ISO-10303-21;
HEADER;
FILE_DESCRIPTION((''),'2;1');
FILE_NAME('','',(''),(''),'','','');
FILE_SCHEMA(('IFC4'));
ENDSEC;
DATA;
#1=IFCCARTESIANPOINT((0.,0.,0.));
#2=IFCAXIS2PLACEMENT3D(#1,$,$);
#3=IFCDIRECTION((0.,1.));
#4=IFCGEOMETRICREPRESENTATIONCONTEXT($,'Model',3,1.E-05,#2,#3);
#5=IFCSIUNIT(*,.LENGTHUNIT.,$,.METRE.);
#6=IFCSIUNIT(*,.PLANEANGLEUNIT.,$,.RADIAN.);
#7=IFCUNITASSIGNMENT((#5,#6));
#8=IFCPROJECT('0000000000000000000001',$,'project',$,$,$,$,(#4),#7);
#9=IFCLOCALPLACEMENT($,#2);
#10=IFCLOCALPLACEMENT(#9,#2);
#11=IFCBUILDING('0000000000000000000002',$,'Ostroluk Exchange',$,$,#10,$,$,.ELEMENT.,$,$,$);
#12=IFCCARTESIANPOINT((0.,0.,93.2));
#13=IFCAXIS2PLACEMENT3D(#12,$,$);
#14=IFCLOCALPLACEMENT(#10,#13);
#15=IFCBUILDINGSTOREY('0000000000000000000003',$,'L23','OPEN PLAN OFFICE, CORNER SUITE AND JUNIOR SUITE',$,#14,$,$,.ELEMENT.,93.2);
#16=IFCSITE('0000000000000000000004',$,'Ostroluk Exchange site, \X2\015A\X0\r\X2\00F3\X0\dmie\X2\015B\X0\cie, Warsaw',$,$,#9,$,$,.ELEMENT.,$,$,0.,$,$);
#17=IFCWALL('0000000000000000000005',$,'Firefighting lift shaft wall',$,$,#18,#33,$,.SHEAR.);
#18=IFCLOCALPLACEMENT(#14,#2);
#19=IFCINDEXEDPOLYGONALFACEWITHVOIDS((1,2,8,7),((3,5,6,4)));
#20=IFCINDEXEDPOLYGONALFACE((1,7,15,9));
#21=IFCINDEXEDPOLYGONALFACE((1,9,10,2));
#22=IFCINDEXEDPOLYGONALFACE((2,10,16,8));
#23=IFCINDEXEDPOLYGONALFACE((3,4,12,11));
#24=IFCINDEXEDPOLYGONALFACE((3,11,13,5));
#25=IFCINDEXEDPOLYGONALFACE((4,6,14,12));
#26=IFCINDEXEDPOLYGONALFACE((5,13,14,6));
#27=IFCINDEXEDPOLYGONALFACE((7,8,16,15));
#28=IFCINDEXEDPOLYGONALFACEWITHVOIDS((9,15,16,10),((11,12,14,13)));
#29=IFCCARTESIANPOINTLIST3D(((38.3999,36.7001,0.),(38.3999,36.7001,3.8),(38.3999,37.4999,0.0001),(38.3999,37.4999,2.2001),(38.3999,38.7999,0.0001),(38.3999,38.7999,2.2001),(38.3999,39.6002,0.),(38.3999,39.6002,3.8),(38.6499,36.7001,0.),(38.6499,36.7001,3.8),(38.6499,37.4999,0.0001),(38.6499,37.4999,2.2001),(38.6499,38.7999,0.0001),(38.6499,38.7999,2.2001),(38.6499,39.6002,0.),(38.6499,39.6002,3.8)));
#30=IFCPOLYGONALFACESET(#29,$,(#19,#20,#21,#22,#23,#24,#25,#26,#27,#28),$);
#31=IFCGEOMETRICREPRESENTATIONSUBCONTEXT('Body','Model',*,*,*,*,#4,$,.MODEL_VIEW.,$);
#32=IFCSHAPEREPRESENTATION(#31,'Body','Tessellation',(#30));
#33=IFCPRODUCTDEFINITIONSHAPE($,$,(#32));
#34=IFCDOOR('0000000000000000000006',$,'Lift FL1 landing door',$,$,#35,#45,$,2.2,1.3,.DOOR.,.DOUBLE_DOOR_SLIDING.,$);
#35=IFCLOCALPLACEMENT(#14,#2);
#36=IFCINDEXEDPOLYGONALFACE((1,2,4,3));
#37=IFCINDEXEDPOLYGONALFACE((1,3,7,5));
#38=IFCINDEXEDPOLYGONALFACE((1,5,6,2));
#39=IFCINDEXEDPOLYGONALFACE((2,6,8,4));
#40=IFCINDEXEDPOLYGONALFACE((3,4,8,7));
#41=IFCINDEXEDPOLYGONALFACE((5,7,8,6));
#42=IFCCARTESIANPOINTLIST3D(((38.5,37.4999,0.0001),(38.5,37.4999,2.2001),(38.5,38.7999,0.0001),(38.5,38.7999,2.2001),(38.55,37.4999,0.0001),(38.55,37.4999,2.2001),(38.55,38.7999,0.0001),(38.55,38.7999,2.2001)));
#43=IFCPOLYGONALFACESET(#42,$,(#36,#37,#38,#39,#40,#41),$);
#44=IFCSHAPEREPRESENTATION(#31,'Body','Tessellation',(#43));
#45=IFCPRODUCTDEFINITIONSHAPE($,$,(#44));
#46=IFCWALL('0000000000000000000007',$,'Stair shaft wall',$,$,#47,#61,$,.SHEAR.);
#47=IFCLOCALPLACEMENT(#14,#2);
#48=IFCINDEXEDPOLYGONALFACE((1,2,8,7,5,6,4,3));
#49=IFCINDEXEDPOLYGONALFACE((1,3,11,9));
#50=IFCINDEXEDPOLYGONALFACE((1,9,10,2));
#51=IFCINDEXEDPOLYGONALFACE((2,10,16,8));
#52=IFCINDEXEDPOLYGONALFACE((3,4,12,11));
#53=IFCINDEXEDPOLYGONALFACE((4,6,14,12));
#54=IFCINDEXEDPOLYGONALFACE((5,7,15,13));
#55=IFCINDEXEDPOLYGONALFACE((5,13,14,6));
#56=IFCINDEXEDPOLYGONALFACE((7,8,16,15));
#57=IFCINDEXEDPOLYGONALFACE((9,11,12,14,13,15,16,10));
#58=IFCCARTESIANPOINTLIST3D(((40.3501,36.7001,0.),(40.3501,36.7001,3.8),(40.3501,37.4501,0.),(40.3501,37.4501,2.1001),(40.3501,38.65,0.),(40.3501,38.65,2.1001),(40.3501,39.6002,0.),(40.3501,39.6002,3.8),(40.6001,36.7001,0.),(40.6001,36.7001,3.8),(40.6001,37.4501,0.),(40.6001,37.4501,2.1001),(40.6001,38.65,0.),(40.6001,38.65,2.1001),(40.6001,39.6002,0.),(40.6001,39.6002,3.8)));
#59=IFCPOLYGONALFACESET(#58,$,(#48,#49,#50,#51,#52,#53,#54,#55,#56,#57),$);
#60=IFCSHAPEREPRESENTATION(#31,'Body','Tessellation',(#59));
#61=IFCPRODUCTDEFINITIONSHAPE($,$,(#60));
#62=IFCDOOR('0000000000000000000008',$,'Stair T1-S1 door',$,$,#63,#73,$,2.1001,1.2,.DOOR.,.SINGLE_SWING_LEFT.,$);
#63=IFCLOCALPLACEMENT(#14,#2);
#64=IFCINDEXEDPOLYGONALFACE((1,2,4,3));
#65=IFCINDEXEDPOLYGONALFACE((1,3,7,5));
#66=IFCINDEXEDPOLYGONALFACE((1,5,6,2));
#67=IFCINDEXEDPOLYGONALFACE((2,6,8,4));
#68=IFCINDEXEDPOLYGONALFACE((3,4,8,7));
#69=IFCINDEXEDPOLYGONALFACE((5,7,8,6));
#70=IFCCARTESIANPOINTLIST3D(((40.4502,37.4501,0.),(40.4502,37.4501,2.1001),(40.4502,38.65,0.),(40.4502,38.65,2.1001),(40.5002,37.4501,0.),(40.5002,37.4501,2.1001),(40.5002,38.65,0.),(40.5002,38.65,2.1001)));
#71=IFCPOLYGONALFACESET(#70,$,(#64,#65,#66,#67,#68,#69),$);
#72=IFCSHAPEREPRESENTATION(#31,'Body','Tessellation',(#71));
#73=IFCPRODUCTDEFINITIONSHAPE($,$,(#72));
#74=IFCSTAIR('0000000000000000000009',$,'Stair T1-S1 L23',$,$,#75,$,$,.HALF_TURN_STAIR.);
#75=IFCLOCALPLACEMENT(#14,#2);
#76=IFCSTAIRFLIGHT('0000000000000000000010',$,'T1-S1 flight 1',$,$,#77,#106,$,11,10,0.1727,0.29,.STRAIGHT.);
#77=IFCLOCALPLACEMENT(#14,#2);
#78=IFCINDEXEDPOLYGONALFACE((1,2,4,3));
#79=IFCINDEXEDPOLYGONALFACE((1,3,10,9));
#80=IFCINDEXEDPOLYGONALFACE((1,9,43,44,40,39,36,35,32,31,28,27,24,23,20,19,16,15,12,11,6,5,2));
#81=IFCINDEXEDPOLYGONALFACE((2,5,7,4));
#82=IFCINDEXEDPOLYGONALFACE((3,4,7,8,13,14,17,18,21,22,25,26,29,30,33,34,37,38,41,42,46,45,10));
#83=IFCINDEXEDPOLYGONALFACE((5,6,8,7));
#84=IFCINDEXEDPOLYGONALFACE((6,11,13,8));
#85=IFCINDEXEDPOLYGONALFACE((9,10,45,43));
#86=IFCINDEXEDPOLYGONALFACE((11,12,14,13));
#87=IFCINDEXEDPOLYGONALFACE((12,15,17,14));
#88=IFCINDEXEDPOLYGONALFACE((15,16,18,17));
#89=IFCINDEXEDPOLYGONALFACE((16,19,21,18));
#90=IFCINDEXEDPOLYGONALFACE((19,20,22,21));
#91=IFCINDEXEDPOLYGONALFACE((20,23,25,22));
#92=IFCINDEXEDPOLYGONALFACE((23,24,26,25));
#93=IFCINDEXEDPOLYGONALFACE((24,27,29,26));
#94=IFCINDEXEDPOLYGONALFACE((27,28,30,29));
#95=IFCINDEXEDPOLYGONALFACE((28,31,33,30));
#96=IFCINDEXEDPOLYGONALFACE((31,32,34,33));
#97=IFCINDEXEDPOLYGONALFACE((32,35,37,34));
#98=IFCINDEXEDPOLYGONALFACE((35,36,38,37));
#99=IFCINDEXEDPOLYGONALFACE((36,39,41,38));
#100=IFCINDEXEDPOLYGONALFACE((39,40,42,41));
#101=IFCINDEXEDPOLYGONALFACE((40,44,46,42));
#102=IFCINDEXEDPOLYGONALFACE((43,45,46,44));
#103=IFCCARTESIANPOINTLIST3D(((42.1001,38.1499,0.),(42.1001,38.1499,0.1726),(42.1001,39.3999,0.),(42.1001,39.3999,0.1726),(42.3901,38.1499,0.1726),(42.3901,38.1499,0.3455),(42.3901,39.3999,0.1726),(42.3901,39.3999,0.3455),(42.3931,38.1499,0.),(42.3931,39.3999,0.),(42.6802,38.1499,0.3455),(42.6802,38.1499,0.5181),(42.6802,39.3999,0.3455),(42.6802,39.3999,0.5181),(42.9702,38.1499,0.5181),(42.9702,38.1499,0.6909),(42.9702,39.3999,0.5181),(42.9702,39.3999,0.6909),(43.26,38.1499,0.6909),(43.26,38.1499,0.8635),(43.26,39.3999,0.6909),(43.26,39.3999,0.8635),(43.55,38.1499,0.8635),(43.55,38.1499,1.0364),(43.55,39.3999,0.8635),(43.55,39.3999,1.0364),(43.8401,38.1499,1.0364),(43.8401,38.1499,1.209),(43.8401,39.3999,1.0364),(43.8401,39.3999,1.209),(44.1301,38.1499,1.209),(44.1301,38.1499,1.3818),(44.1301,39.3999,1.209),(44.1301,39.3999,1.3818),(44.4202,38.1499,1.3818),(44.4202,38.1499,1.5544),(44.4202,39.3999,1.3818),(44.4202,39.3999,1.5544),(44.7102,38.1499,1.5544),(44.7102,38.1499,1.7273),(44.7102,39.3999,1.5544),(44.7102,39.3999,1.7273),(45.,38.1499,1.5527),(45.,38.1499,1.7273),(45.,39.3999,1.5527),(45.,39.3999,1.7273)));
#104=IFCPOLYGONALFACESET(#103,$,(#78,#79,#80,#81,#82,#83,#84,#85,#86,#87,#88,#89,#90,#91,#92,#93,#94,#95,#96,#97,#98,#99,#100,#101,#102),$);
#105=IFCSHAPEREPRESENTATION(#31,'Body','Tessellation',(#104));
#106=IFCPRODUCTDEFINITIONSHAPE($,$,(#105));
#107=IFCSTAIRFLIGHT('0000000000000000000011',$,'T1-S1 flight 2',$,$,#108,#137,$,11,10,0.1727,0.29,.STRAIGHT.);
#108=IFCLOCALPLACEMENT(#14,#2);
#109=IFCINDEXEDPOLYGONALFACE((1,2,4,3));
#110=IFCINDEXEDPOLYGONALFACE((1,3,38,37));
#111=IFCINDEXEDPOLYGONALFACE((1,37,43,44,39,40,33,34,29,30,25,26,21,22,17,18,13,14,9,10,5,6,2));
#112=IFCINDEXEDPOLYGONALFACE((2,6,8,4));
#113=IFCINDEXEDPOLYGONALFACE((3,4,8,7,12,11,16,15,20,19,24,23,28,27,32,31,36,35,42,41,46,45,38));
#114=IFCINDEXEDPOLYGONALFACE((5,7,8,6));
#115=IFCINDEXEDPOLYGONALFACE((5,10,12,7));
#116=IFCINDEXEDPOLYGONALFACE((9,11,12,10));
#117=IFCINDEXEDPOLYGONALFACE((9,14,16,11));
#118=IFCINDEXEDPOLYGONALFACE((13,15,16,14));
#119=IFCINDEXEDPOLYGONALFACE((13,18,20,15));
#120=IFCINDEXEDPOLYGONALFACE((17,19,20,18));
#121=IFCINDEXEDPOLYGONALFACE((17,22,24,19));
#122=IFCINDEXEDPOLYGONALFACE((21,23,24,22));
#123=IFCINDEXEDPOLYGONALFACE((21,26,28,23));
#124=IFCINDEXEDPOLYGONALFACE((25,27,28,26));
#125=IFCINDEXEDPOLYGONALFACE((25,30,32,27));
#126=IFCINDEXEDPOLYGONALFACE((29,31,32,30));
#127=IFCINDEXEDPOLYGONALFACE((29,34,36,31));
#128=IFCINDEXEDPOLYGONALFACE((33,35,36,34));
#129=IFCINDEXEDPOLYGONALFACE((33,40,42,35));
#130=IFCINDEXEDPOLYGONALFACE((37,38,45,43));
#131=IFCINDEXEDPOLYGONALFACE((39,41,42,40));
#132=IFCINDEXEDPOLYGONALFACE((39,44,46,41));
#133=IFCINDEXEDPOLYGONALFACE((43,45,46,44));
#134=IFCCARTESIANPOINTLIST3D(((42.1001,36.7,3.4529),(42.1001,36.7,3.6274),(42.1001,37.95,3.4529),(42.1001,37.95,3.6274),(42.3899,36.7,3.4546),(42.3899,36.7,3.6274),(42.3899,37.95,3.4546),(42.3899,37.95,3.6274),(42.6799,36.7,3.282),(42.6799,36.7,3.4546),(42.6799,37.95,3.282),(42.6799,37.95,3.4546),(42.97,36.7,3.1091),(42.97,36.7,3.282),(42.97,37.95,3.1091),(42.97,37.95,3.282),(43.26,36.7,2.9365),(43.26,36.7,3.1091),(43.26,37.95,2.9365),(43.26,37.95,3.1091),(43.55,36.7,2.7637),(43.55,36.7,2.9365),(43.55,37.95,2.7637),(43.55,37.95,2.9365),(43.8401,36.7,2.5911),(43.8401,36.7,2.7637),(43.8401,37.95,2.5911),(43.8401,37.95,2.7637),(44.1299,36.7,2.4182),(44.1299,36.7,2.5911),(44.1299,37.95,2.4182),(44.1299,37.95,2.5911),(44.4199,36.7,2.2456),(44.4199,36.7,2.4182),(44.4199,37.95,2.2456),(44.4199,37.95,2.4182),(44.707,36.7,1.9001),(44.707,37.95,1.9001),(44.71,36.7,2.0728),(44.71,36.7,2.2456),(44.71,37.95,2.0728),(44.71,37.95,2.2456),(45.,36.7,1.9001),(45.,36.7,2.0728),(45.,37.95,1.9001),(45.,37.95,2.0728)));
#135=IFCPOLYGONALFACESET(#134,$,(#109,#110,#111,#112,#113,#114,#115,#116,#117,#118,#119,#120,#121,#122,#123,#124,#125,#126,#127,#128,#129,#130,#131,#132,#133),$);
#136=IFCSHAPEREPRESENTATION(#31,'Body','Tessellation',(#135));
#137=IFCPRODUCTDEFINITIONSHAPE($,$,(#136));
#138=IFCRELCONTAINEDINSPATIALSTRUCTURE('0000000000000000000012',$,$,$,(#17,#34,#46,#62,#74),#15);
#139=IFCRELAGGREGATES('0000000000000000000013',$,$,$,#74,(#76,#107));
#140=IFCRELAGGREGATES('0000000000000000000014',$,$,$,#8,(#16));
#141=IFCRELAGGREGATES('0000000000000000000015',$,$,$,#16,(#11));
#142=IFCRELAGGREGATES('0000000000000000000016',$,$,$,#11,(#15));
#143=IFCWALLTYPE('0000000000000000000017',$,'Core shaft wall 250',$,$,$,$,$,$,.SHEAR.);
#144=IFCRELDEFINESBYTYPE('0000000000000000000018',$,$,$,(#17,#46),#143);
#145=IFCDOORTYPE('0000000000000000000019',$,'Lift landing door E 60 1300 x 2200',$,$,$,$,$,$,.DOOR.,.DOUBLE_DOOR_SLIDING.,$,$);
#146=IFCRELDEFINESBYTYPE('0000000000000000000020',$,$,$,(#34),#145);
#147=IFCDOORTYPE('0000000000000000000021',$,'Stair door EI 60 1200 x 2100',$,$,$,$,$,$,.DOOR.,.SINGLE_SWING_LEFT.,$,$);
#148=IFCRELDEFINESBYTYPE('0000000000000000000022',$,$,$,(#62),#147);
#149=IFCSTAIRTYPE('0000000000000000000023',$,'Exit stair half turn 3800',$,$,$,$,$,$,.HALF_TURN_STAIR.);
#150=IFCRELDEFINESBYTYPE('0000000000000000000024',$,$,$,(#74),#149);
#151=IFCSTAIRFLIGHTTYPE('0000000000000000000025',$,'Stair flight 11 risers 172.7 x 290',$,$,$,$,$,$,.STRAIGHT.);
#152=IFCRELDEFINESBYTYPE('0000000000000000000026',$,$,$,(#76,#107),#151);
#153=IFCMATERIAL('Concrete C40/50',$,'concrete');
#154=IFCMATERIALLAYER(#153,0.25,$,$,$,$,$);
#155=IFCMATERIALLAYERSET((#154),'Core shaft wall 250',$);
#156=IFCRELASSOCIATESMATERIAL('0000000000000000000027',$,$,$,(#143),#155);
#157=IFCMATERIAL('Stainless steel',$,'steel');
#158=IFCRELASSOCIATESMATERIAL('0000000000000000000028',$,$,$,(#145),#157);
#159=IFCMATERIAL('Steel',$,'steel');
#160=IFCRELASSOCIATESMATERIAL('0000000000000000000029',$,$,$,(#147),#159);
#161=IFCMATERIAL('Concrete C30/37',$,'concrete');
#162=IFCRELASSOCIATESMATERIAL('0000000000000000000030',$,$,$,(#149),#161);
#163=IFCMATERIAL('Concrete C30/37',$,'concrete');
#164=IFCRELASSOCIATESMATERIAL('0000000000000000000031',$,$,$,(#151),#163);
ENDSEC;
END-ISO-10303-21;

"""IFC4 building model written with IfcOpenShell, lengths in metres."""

from ifc_helpers import new_model, si_unit, direction, frame, frame_2d, origin, place, context, subcontext, project, spatial, polyline, rectangle, outline, extrude, material, layer, layer_set, type_object, element, fill, aggregate, save


model = new_model("IFC4")

# Units and contexts
model_context = context("Model", 3, precision=1e-05, world=origin(), true_north=direction((0.0, 1.0)))
body_context = subcontext(model_context, "Body", "Model", "MODEL_VIEW")
ifc_project = project(units=[si_unit("LENGTHUNIT", "METRE"), si_unit("PLANEANGLEUNIT", "RADIAN")], contexts=[model_context])

# Site, building, storey
site_placement = place(None, origin())
site = spatial("IfcSite", under=ifc_project, at=site_placement, Name="Ostroluk Exchange site, Śródmieście, Warsaw", CompositionType="ELEMENT", RefElevation=0.0)
building_placement = place(site_placement, origin())
building = spatial("IfcBuilding", under=site, at=building_placement, Name="Ostroluk Exchange", CompositionType="ELEMENT")
storey_placement = place(building_placement, frame((0.0, 0.0, 93.2)))
storey = spatial("IfcBuildingStorey", under=building, at=storey_placement, Name="L23", Description="OPEN PLAN OFFICE, CORNER SUITE AND JUNIOR SUITE", CompositionType="ELEMENT", Elevation=93.2)

# Walls, openings, doors
ifc_material_1 = material(Name="Concrete C40/50", Category="concrete")
ifc_layer_1 = layer(ifc_material_1, 0.25)
ifc_layer_set_1 = layer_set([ifc_layer_1], Name="Core shaft wall 250")
wall_type_1 = type_object("IfcWallType", Name="Core shaft wall 250", PredefinedType="SHEAR", material=ifc_layer_set_1)
wall_1_placement = place(storey_placement, frame((38.5249, 36.7, 0.0), z_axis=(0.0, 0.0, 1.0), x_axis=(0.0, 1.0, 0.0)))
wall_1 = element("IfcWall", 1, at=wall_1_placement, inside=storey, type_object=wall_type_1, Name="Firefighting lift shaft wall", PredefinedType="SHEAR", context=body_context, shape_type="SweptSolid", body=[
    extrude(rectangle(XDim=2.9001, YDim=0.25, at=frame_2d((1.4502, 0.0))), origin(), (0.0, 0.0, 1.0), 3.8),
])
opening_1_placement = place(wall_1_placement, frame((0.8, 0.0, 0.0)))
opening_1 = element("IfcOpeningElement", 2, at=opening_1_placement, cuts=wall_1, PredefinedType="OPENING", context=body_context, shape_type="SweptSolid", body=[
    extrude(rectangle(XDim=1.3, YDim=2.2, at=frame_2d((0.6499, 1.1001))), frame((0.0, 0.135, 0.0), z_axis=(0.0, -1.0, 0.0), x_axis=(1.0, 0.0, 0.0)), (0.0, 0.0, 1.0), 0.27),
])
ifc_material_2 = material(Name="Stainless steel", Category="steel")
door_type_1 = type_object("IfcDoorType", Name="Lift landing door E 60 1300 x 2200", OperationType="DOUBLE_DOOR_SLIDING", PredefinedType="DOOR", material=ifc_material_2)
door_1_placement = place(opening_1_placement, origin())
door_1 = element("IfcDoor", 3, at=door_1_placement, inside=storey, type_object=door_type_1, Name="Lift FL1 landing door", OperationType="DOUBLE_DOOR_SLIDING", OverallHeight=2.2, OverallWidth=1.3, PredefinedType="DOOR", context=body_context, shape_type="SweptSolid", body=[
    extrude(rectangle(XDim=1.3, YDim=2.2, at=frame_2d((0.6499, 1.1001))), frame((0.0, 0.0249, 0.0), z_axis=(0.0, -1.0, 0.0), x_axis=(1.0, 0.0, 0.0)), (0.0, 0.0, 1.0), 0.05),
])
fill(opening_1, door_1)
wall_2_placement = place(storey_placement, frame((40.4751, 36.7, 0.0), z_axis=(0.0, 0.0, 1.0), x_axis=(0.0, 1.0, 0.0)))
wall_2 = element("IfcWall", 4, at=wall_2_placement, inside=storey, type_object=wall_type_1, Name="Stair shaft wall", PredefinedType="SHEAR", context=body_context, shape_type="SweptSolid", body=[
    extrude(rectangle(XDim=2.9001, YDim=0.25, at=frame_2d((1.4502, 0.0))), origin(), (0.0, 0.0, 1.0), 3.8),
])
opening_2_placement = place(wall_2_placement, frame((0.75, 0.0, 0.0)))
opening_2 = element("IfcOpeningElement", 5, at=opening_2_placement, cuts=wall_2, PredefinedType="OPENING", context=body_context, shape_type="SweptSolid", body=[
    extrude(rectangle(XDim=1.2, YDim=2.1001, at=frame_2d((0.6001, 1.05))), frame((0.0, 0.135, 0.0), z_axis=(0.0, -1.0, 0.0), x_axis=(1.0, 0.0, 0.0)), (0.0, 0.0, 1.0), 0.27),
])
ifc_material_3 = material(Name="Steel", Category="steel")
door_type_2 = type_object("IfcDoorType", Name="Stair door EI 60 1200 x 2100", OperationType="SINGLE_SWING_LEFT", PredefinedType="DOOR", material=ifc_material_3)
door_2_placement = place(opening_2_placement, origin())
door_2 = element("IfcDoor", 6, at=door_2_placement, inside=storey, type_object=door_type_2, Name="Stair T1-S1 door", OperationType="SINGLE_SWING_LEFT", OverallHeight=2.1001, OverallWidth=1.2, PredefinedType="DOOR", context=body_context, shape_type="SweptSolid", body=[
    extrude(rectangle(XDim=1.2, YDim=2.1001, at=frame_2d((0.6001, 1.05))), frame((0.0, 0.0249, 0.0), z_axis=(0.0, -1.0, 0.0), x_axis=(1.0, 0.0, 0.0)), (0.0, 0.0, 1.0), 0.05),
])
fill(opening_2, door_2)

# Stair, stair flights
ifc_material_4 = material(Name="Concrete C30/37", Category="concrete")
stair_type = type_object("IfcStairType", Name="Exit stair half turn 3800", PredefinedType="HALF_TURN_STAIR", material=ifc_material_4)
stair_placement = place(storey_placement, origin())
stair = element("IfcStair", 7, at=stair_placement, inside=storey, type_object=stair_type, Name="Stair T1-S1 L23", PredefinedType="HALF_TURN_STAIR")
ifc_material_5 = material(Name="Concrete C30/37", Category="concrete")
stair_flight_type = type_object("IfcStairFlightType", Name="Stair flight 11 risers 172.7 x 290", PredefinedType="STRAIGHT", material=ifc_material_5)
stair_flight_1_placement = place(storey_placement, frame((42.1001, 38.7749, 0.0), z_axis=(0.0, 0.0, 1.0), x_axis=(1.0, 0.0, 0.0)))
stair_flight_1 = element("IfcStairFlight", 8, at=stair_flight_1_placement, type_object=stair_flight_type, Name="T1-S1 flight 1", NumberOfRisers=11, NumberOfTreads=10, PredefinedType="STRAIGHT", RiserHeight=0.1727, TreadLength=0.29, context=body_context, shape_type="SweptSolid", body=[
    extrude(outline(polyline([(0.0, 0.0), (0.0, 0.1726), (0.29, 0.1726), (0.29, 0.3455), (0.5801, 0.3455), (0.5801, 0.5181), (0.8701, 0.5181), (0.8701, 0.6909), (1.1599, 0.6909), (1.1599, 0.8635), (1.45, 0.8635), (1.45, 1.0364), (1.74, 1.0364), (1.74, 1.209), (2.03, 1.209), (2.03, 1.3818), (2.3201, 1.3818), (2.3201, 1.5544), (2.6101, 1.5544), (2.6101, 1.7273), (2.8999, 1.7273), (2.8999, 1.8999), (2.8999, 1.5527), (0.293, 0.0), (0.0, 0.0)])), frame((0.0, 0.625, 0.0), z_axis=(0.0, -1.0, 0.0), x_axis=(1.0, 0.0, 0.0)), (0.0, 0.0, 1.0), 1.25),
])
stair_flight_2_placement = place(storey_placement, frame((45.0, 37.325, 1.9001), z_axis=(0.0, 0.0, 1.0), x_axis=(-1.0, 0.0, 0.0)))
stair_flight_2 = element("IfcStairFlight", 9, at=stair_flight_2_placement, type_object=stair_flight_type, Name="T1-S1 flight 2", NumberOfRisers=11, NumberOfTreads=10, PredefinedType="STRAIGHT", RiserHeight=0.1727, TreadLength=0.29, context=body_context, shape_type="SweptSolid", body=[
    extrude(outline(polyline([(0.0, 0.0), (0.0, 0.1726), (0.29, 0.1726), (0.29, 0.3455), (0.5801, 0.3455), (0.5801, 0.5181), (0.8701, 0.5181), (0.8701, 0.6909), (1.1599, 0.6909), (1.1599, 0.8635), (1.45, 0.8635), (1.45, 1.0364), (1.74, 1.0364), (1.74, 1.209), (2.03, 1.209), (2.03, 1.3818), (2.3201, 1.3818), (2.3201, 1.5544), (2.6101, 1.5544), (2.6101, 1.7273), (2.8999, 1.7273), (2.8999, 1.8999), (2.8999, 1.5527), (0.293, 0.0), (0.0, 0.0)])), frame((0.0, 0.625, 0.0), z_axis=(0.0, -1.0, 0.0), x_axis=(1.0, 0.0, 0.0)), (0.0, 0.0, 1.0), 1.25),
])
aggregate(stair, [stair_flight_1, stair_flight_2])

save(model, "model.ifc")
